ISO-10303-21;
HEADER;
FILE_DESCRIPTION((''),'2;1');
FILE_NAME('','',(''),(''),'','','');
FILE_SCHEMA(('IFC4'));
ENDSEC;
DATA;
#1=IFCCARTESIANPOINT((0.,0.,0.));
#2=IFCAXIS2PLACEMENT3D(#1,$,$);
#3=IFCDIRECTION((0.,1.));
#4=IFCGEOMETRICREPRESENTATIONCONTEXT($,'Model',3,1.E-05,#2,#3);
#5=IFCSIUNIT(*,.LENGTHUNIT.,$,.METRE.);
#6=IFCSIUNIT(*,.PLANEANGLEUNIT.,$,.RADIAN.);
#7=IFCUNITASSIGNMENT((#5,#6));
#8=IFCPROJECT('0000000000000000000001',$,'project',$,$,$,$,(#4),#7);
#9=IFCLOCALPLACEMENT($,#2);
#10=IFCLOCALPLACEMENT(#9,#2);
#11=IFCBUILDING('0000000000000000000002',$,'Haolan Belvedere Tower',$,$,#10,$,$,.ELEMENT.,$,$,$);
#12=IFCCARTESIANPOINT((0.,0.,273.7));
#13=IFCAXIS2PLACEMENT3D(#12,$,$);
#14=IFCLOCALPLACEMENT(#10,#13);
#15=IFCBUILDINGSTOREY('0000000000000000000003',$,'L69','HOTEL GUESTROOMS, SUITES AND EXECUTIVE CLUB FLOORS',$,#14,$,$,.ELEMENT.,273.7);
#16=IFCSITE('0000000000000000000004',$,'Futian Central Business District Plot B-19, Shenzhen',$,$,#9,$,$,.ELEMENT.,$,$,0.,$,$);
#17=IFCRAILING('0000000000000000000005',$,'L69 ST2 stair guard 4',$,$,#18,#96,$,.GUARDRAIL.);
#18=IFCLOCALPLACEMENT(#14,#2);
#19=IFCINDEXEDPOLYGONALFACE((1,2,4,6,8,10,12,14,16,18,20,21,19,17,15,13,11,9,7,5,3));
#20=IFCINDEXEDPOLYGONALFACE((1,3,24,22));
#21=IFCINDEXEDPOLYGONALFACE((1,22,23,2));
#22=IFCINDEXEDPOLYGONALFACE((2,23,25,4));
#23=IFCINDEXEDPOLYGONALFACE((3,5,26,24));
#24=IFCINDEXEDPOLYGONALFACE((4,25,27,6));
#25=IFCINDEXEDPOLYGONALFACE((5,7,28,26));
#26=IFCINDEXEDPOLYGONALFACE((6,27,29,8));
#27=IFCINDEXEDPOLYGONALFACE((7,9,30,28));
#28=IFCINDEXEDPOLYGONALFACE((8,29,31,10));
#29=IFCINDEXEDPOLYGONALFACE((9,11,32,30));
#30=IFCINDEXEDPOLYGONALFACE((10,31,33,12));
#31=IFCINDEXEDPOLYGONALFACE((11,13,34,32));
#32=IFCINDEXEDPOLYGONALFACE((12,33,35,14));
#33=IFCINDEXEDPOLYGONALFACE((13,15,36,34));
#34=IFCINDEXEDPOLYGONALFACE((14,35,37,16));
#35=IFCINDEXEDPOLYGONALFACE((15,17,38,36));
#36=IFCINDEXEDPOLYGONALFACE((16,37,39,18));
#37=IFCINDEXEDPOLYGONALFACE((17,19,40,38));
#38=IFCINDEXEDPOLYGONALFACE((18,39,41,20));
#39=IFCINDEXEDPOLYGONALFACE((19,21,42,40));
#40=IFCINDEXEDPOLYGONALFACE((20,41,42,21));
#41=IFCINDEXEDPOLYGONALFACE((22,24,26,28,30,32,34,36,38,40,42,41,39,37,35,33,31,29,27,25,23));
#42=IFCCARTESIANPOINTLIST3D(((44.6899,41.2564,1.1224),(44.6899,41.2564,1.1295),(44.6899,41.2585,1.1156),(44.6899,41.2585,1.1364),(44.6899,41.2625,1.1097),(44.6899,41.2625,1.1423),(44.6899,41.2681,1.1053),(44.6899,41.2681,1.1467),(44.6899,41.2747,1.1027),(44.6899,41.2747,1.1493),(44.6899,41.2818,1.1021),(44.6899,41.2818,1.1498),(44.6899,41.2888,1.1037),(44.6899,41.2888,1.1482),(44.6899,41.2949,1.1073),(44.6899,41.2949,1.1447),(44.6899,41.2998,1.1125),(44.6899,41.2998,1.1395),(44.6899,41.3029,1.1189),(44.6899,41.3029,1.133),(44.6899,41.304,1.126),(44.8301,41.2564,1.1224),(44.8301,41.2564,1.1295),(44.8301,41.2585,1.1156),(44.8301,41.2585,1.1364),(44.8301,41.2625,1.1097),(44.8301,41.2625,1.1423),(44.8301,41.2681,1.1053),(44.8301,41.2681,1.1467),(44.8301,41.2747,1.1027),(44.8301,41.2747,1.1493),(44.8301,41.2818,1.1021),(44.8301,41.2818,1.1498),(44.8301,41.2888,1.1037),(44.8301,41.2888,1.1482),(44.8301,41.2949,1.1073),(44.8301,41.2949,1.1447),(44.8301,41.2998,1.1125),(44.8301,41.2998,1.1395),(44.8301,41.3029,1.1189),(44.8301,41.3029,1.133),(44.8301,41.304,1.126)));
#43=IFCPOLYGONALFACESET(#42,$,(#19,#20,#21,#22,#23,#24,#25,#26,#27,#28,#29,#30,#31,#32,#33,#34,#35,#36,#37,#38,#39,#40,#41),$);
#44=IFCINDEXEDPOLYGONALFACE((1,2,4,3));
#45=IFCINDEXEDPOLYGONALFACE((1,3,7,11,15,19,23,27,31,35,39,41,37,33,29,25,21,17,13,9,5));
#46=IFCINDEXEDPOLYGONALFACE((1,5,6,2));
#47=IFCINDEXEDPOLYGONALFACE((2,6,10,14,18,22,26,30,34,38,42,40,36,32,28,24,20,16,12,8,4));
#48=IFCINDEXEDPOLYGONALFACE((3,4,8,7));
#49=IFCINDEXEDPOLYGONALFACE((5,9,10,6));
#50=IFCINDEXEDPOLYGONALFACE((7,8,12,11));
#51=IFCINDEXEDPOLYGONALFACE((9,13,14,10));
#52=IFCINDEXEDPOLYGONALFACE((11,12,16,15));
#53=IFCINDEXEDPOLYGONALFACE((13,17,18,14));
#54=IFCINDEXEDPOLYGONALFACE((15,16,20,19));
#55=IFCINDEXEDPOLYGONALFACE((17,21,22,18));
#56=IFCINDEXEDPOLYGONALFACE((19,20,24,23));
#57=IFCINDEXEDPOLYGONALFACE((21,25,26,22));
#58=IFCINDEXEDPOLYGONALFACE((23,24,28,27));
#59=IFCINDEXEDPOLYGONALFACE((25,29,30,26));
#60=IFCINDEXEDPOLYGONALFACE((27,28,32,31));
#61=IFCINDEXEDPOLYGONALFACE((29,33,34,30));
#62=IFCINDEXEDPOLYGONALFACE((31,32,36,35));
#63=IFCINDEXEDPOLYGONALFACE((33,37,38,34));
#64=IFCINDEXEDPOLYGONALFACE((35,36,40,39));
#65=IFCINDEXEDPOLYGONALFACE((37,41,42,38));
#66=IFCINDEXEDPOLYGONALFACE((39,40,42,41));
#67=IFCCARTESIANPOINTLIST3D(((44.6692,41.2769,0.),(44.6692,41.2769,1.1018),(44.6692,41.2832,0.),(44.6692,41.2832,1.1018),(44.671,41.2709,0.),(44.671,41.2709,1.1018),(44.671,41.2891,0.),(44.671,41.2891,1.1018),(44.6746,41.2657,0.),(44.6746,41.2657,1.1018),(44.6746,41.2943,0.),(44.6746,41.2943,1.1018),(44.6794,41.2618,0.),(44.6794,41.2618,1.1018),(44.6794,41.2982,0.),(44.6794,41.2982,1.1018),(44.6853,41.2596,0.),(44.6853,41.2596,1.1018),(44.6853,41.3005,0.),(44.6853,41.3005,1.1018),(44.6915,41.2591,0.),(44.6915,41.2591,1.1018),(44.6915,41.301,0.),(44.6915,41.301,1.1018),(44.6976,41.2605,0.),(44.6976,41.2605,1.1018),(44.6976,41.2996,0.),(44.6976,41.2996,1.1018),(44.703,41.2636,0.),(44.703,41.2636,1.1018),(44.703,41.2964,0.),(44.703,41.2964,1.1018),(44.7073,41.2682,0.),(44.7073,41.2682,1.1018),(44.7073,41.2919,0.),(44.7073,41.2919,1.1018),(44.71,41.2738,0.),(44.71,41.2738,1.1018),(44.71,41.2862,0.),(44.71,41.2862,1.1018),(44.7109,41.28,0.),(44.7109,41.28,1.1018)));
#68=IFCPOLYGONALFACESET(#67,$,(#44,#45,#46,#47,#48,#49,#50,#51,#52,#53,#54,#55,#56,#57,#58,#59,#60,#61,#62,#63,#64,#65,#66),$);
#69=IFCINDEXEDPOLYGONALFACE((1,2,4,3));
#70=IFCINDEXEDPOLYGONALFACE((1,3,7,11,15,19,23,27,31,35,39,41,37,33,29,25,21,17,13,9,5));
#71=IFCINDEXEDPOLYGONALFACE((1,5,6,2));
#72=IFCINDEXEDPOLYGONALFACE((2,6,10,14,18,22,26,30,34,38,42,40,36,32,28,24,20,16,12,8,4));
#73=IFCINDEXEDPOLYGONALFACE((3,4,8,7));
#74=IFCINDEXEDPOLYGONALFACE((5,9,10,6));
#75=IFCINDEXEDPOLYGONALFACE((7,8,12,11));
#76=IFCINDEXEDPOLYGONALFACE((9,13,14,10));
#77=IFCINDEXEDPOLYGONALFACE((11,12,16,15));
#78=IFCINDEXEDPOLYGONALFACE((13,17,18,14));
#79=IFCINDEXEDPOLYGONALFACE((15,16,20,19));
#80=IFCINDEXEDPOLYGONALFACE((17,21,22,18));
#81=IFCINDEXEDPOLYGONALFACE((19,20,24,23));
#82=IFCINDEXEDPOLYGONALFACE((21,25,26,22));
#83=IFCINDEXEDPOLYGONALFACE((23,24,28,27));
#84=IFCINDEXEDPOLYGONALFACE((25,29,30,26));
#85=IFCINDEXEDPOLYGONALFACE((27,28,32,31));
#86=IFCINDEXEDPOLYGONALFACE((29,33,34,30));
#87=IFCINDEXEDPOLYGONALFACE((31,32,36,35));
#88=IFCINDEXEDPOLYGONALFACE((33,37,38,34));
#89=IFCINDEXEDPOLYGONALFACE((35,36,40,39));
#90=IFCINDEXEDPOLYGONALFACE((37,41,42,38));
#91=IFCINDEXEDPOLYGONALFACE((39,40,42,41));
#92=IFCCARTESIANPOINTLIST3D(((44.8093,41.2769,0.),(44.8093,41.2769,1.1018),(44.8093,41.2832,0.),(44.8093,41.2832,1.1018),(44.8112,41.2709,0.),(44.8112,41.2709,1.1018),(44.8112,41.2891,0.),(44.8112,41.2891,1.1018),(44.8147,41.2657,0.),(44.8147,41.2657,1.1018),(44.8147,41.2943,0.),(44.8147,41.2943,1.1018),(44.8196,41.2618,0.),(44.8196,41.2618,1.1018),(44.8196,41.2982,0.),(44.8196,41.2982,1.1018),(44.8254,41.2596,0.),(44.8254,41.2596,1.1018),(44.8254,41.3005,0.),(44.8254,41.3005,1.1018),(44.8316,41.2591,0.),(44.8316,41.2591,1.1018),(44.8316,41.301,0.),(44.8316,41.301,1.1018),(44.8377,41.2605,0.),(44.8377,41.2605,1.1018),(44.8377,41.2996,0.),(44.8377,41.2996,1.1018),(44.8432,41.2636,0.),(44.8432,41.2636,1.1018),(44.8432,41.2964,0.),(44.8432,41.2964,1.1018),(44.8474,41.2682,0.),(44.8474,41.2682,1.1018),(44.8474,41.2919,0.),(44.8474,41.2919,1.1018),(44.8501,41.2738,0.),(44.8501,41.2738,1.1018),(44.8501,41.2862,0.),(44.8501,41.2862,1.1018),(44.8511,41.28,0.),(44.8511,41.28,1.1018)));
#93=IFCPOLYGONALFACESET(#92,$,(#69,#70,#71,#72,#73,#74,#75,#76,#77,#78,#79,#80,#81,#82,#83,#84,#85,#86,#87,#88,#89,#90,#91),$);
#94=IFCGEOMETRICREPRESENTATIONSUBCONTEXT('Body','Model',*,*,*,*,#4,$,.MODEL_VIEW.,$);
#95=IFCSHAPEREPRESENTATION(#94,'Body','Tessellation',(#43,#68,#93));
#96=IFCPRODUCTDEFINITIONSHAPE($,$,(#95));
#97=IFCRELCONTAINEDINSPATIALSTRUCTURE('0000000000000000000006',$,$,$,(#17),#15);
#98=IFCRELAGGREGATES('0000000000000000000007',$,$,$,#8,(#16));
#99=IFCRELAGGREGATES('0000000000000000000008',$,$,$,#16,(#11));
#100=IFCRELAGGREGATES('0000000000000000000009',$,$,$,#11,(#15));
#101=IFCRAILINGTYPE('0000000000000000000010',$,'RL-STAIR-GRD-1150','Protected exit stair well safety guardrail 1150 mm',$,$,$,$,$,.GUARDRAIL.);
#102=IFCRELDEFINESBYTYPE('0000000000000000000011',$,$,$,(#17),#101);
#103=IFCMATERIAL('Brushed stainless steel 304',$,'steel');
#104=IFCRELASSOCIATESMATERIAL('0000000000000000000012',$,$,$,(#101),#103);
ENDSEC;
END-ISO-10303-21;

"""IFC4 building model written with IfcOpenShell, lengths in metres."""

from ifc_helpers import new_model, si_unit, direction, frame, origin, origin_2d, place, context, subcontext, project, spatial, circle, extrude, material, type_object, element, save


model = new_model("IFC4")

# Units and contexts
model_context = context("Model", 3, precision=1e-05, world=origin(), true_north=direction((0.0, 1.0)))
body_context = subcontext(model_context, "Body", "Model", "MODEL_VIEW")
ifc_project = project(units=[si_unit("LENGTHUNIT", "METRE"), si_unit("PLANEANGLEUNIT", "RADIAN")], contexts=[model_context])

# Site, building, storey
site_placement = place(None, origin())
site = spatial("IfcSite", under=ifc_project, at=site_placement, Name="Futian Central Business District Plot B-19, Shenzhen", CompositionType="ELEMENT", RefElevation=0.0)
building_placement = place(site_placement, origin())
building = spatial("IfcBuilding", under=site, at=building_placement, Name="Haolan Belvedere Tower", CompositionType="ELEMENT")
storey_placement = place(building_placement, frame((0.0, 0.0, 273.7)))
storey = spatial("IfcBuildingStorey", under=building, at=storey_placement, Name="L69", Description="HOTEL GUESTROOMS, SUITES AND EXECUTIVE CLUB FLOORS", CompositionType="ELEMENT", Elevation=273.7)

# Railing
ifc_material_1 = material(Name="Brushed stainless steel 304", Category="steel")
railing_type_1 = type_object("IfcRailingType", Name="RL-STAIR-GRD-1150", Description="Protected exit stair well safety guardrail 1150 mm", PredefinedType="GUARDRAIL", material=ifc_material_1)
railing_1_placement = place(storey_placement, frame((44.6899, 41.28, 0.0)))
element("IfcRailing", 1, at=railing_1_placement, inside=storey, type_object=railing_type_1, Name="L69 ST2 stair guard 4", PredefinedType="GUARDRAIL", context=body_context, shape_type="SweptSolid", body=[
    extrude(circle(Radius=0.0239, at=origin_2d()), frame((0.0, 0.0, 1.126), z_axis=(1.0, 0.0, 0.0), x_axis=(0.0, 1.0, 0.0)), (0.0, 0.0, 1.0), 0.1401),
    extrude(circle(Radius=0.021, at=origin_2d()), origin(), (0.0, 0.0, 1.0), 1.1018),
    extrude(circle(Radius=0.021, at=origin_2d()), frame((0.1401, 0.0, 0.0)), (0.0, 0.0, 1.0), 1.1018),
])

save(model, "model.ifc")
